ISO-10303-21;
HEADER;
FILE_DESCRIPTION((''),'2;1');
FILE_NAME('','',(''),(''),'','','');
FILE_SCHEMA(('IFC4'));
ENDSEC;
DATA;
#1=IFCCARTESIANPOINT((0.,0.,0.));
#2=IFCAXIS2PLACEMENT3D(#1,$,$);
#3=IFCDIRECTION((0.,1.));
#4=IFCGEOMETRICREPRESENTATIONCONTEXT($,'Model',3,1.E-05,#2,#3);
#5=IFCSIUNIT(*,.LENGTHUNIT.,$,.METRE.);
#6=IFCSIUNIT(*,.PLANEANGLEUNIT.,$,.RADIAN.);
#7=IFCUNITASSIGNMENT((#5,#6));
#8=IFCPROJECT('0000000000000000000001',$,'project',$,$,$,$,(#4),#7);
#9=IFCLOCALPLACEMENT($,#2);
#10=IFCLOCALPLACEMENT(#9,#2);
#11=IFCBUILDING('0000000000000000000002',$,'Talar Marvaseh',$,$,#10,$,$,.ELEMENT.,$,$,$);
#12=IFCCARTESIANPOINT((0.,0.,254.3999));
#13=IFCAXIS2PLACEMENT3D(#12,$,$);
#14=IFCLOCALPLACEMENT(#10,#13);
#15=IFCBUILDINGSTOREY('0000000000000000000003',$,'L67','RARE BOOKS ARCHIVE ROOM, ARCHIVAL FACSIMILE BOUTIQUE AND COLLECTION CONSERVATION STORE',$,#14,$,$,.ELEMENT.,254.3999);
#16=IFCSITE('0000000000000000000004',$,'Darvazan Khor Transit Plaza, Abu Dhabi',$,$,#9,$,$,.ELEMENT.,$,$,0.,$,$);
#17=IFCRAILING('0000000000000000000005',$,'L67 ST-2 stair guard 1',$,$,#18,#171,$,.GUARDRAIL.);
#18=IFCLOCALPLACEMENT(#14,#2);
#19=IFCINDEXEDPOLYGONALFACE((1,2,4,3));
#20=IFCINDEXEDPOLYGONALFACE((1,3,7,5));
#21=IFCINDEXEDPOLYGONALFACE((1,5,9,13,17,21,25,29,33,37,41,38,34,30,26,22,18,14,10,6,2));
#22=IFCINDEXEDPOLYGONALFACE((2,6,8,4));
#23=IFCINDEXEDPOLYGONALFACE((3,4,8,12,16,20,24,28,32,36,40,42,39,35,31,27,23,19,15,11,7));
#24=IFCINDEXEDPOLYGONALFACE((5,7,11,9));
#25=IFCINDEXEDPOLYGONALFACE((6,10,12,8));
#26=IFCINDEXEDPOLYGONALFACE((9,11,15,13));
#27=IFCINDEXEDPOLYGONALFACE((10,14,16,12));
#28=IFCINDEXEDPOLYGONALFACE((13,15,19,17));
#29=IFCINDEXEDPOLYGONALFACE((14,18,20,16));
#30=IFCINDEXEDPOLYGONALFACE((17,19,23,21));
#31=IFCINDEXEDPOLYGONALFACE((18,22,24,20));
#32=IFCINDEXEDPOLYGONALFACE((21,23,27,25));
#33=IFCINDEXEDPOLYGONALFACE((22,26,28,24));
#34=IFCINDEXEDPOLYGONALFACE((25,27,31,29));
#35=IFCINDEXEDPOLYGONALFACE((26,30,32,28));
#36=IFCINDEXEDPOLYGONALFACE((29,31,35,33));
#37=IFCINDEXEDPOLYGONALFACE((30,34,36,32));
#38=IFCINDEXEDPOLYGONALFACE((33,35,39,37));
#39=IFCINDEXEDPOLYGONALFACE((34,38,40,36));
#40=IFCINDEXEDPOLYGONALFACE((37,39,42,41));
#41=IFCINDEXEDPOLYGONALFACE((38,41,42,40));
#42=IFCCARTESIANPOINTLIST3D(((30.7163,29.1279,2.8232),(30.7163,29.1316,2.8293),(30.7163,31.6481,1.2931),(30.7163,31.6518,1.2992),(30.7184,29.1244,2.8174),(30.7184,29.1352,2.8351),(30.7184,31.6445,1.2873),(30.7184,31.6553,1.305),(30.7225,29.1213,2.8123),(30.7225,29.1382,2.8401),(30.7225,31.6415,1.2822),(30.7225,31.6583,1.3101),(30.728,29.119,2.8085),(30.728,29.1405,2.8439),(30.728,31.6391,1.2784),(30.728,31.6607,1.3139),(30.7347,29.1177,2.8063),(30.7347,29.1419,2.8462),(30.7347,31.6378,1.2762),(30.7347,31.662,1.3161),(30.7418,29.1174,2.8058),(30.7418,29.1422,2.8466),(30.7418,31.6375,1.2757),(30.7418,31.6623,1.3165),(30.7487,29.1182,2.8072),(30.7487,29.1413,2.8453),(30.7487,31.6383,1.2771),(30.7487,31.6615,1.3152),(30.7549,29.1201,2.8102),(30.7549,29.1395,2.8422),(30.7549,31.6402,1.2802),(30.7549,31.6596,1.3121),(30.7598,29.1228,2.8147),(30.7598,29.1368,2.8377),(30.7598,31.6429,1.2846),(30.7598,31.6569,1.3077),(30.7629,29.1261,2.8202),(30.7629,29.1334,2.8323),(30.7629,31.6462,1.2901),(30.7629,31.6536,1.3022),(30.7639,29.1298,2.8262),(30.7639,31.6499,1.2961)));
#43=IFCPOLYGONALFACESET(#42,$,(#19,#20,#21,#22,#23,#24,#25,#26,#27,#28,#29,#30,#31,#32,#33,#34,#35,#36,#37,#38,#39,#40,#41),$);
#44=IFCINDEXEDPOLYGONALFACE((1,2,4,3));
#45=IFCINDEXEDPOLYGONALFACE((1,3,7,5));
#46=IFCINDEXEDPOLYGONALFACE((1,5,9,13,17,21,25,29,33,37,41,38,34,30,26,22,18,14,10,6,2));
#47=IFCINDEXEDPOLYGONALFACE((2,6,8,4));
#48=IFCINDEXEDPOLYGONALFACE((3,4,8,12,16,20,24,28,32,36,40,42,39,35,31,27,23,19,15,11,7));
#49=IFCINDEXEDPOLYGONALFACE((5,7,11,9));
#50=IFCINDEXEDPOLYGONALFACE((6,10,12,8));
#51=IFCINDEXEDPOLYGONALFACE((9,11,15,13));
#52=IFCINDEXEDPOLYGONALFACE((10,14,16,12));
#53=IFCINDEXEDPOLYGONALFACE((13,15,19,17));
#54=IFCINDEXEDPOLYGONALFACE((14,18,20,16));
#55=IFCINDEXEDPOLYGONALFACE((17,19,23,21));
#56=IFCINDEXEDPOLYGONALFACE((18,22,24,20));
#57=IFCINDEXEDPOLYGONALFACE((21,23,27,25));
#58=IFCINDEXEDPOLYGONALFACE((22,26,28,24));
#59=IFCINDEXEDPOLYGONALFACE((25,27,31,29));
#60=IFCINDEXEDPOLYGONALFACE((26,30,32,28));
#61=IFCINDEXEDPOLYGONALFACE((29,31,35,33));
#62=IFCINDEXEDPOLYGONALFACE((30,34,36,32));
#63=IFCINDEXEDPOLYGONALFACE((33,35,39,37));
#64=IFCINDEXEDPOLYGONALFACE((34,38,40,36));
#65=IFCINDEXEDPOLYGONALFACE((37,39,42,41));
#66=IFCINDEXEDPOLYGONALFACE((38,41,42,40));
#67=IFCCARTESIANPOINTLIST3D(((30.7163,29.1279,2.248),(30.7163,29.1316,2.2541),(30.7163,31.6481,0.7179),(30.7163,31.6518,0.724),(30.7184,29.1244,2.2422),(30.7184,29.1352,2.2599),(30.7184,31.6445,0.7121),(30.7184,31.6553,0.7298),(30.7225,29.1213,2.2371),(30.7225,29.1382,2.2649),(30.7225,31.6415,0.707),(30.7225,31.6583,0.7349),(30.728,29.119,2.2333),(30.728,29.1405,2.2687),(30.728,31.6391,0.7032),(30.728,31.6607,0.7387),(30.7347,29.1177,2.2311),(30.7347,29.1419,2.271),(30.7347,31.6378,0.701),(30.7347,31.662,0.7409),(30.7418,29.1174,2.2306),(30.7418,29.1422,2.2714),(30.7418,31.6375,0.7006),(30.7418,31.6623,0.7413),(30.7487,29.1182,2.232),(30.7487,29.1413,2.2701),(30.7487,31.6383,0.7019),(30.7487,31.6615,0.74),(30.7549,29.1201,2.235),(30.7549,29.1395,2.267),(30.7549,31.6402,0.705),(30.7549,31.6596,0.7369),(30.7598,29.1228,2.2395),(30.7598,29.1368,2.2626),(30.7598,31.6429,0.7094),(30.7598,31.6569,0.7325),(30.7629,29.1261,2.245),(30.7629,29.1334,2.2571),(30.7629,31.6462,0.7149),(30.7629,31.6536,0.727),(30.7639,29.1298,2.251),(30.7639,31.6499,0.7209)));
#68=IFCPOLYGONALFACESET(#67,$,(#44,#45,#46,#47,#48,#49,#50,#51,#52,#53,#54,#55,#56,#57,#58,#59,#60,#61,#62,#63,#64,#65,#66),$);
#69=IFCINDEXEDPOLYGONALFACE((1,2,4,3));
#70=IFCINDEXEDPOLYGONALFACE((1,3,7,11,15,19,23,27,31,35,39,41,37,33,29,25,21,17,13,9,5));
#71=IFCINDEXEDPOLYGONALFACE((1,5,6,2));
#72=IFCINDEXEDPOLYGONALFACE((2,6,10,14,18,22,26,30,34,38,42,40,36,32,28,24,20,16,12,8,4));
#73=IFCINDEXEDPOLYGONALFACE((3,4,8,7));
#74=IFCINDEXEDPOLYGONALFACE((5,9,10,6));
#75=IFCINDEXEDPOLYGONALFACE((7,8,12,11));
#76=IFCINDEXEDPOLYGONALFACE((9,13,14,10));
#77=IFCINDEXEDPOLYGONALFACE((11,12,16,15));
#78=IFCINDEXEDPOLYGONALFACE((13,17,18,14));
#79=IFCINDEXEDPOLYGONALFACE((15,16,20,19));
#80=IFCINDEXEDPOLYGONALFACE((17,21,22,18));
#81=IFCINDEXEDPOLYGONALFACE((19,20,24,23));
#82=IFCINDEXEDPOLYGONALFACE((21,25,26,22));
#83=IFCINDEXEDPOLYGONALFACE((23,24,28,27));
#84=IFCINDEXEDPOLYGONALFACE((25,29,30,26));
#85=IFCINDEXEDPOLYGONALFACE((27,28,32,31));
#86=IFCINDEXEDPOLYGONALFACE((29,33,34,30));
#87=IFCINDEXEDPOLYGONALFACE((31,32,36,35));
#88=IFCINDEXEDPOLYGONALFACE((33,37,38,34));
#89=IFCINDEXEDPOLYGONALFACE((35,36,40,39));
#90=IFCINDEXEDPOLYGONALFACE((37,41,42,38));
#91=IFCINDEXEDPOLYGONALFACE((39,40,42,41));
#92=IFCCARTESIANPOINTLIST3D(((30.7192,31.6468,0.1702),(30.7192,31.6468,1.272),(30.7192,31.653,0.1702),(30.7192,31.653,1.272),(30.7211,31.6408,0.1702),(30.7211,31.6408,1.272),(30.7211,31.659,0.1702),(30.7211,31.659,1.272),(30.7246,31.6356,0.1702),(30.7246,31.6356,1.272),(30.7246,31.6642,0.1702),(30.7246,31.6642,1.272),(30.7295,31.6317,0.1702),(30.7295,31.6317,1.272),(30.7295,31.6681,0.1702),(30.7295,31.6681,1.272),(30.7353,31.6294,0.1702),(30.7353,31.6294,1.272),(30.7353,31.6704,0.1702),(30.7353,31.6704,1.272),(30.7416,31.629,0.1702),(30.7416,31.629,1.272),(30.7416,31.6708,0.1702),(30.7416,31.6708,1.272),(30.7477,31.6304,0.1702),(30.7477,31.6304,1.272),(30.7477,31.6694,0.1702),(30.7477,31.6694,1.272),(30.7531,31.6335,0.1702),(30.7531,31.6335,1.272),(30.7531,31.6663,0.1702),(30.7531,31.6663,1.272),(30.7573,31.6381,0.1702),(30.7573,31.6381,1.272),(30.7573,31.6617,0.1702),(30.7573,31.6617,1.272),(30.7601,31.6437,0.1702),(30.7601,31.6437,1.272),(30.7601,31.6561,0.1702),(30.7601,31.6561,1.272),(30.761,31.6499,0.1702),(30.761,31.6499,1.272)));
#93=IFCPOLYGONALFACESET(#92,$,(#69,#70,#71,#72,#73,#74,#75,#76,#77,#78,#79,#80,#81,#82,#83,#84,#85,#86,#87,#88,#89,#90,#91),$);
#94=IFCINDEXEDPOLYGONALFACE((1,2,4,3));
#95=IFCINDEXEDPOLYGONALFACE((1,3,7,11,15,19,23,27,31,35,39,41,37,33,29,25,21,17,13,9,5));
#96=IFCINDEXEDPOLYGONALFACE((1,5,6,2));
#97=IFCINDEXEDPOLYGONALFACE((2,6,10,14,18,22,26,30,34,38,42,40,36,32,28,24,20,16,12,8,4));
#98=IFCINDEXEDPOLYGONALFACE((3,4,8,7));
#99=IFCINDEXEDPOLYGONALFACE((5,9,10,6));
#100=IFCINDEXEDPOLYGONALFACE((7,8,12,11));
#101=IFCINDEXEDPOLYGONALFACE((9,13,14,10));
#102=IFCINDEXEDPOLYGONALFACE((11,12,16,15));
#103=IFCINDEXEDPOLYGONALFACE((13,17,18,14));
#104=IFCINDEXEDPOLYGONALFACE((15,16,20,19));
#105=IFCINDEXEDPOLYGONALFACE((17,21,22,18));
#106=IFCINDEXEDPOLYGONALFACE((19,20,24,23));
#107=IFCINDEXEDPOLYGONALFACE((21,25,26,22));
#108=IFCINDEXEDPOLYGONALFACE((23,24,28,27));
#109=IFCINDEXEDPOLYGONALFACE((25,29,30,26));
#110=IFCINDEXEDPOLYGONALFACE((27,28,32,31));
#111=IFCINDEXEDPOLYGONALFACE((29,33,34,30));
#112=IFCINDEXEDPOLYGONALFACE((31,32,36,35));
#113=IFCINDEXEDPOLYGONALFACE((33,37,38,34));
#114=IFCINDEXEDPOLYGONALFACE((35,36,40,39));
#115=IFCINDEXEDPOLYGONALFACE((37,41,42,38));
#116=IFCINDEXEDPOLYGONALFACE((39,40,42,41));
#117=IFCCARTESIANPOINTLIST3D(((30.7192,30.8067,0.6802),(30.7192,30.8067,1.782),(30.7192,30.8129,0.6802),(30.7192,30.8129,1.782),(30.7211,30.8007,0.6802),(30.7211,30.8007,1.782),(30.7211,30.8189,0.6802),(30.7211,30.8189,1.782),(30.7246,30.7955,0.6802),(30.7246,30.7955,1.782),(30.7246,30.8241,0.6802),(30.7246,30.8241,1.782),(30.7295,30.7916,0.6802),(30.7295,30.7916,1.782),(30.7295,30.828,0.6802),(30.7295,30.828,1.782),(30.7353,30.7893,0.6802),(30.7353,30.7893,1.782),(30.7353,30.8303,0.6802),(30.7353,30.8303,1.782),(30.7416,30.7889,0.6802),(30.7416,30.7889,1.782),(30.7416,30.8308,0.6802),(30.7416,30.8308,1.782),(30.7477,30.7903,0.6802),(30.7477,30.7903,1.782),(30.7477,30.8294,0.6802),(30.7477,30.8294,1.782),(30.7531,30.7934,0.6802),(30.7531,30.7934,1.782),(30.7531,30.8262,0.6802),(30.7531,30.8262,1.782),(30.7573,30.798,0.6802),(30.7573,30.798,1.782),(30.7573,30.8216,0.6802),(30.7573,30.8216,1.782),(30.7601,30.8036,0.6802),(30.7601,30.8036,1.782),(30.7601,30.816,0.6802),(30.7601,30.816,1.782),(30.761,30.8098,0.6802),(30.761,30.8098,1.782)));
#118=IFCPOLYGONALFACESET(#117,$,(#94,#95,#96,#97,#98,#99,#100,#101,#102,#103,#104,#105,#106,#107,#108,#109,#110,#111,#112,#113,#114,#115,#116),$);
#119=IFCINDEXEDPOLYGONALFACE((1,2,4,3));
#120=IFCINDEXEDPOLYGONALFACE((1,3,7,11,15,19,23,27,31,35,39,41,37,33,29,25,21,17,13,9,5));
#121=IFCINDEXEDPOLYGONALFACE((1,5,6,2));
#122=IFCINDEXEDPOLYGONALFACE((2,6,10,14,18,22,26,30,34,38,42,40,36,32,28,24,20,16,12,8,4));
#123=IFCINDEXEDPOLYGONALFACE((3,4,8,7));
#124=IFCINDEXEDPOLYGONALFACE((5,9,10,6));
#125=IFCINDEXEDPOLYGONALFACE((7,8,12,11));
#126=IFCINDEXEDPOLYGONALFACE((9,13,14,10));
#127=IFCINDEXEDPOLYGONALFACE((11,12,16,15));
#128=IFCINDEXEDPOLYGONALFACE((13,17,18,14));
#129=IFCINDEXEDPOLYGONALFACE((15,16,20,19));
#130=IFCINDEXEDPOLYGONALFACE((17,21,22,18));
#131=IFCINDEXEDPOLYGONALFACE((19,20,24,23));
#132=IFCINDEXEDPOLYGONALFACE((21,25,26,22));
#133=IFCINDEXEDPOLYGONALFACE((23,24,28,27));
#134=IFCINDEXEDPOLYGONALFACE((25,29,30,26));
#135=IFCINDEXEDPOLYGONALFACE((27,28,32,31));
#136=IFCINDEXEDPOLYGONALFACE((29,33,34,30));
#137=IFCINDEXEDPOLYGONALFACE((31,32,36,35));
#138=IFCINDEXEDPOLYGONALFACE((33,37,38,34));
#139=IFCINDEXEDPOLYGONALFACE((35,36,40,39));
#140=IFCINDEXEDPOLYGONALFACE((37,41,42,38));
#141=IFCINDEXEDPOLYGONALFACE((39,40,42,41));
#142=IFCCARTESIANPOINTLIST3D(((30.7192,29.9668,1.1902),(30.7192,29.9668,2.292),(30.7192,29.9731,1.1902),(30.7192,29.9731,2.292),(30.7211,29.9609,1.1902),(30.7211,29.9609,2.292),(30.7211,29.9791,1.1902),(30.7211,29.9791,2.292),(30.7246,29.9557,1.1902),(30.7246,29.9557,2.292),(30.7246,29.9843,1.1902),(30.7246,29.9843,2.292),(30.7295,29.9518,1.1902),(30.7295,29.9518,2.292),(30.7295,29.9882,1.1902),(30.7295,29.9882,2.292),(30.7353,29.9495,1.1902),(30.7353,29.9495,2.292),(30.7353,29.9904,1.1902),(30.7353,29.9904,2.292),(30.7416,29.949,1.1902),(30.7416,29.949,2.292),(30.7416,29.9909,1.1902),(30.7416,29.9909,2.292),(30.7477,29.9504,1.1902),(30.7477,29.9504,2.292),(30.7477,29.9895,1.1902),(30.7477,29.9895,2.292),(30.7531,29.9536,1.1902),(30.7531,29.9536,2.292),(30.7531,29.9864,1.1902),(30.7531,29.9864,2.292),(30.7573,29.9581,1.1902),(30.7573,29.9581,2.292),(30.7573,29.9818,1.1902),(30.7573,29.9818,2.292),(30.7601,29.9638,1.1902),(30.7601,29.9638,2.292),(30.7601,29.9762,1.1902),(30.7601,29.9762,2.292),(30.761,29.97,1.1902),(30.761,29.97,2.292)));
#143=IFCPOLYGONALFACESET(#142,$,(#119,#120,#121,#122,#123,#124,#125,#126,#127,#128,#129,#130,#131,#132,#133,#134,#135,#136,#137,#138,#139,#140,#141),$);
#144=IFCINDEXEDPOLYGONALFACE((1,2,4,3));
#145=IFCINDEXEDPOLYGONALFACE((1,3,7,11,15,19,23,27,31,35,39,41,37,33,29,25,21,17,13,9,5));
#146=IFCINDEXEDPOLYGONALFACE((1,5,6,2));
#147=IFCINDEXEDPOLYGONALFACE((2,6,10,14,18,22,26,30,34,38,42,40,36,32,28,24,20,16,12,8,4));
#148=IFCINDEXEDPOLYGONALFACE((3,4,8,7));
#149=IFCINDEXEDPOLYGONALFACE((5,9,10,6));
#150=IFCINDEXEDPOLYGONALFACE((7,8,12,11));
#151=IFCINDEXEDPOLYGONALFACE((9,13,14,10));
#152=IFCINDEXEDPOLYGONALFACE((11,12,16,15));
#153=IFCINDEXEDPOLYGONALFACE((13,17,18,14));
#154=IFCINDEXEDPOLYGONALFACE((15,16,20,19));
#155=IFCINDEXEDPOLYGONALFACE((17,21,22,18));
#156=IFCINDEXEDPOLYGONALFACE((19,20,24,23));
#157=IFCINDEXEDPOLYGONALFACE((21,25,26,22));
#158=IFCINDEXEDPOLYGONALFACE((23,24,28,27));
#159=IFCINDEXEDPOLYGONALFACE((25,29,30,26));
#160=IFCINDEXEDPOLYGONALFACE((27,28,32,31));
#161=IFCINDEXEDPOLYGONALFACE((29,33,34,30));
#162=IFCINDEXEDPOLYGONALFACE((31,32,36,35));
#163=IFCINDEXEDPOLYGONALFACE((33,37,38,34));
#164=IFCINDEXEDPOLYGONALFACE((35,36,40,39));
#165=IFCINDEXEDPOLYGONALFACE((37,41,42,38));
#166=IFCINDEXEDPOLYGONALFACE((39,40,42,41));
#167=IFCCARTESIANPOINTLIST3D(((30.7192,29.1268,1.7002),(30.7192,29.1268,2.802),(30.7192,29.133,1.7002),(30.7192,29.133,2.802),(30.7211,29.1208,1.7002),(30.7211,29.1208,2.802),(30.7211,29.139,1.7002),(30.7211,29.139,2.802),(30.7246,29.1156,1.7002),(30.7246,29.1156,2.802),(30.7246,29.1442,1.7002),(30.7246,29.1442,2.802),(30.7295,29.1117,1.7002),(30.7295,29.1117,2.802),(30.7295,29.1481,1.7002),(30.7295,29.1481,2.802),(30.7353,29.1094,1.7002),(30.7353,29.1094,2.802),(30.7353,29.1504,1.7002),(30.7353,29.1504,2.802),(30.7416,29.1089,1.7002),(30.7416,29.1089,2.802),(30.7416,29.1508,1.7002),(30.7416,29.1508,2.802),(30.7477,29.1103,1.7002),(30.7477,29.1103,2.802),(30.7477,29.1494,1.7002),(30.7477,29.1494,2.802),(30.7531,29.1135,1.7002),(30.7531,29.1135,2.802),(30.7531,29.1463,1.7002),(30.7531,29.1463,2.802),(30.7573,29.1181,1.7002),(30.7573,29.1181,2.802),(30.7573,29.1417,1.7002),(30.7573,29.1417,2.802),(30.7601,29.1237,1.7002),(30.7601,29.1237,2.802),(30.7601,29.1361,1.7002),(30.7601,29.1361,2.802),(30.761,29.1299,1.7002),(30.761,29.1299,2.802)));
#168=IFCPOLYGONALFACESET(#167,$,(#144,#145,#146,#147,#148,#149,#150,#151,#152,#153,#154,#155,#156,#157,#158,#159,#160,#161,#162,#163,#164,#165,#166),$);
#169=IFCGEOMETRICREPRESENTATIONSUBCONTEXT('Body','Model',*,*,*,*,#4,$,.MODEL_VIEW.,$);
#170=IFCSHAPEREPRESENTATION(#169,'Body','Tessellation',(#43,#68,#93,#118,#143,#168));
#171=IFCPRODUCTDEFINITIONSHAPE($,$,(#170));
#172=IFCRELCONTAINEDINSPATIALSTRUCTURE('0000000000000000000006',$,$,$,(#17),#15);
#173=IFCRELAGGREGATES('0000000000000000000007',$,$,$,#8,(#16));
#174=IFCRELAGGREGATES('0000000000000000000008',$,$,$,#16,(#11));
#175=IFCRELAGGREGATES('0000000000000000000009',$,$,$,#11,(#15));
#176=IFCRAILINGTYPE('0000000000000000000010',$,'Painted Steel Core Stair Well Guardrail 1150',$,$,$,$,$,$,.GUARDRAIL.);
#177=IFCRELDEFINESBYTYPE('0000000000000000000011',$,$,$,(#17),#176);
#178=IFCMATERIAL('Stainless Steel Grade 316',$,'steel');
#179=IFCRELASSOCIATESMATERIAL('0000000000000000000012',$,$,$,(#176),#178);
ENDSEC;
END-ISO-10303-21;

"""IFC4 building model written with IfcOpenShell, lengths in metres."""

from ifc_helpers import new_model, si_unit, direction, frame, origin, origin_2d, place, context, subcontext, project, spatial, circle, extrude, material, type_object, element, save


model = new_model("IFC4")

# Units and contexts
model_context = context("Model", 3, precision=1e-05, world=origin(), true_north=direction((0.0, 1.0)))
body_context = subcontext(model_context, "Body", "Model", "MODEL_VIEW")
ifc_project = project(units=[si_unit("LENGTHUNIT", "METRE"), si_unit("PLANEANGLEUNIT", "RADIAN")], contexts=[model_context])

# Site, building, storey
site_placement = place(None, origin())
site = spatial("IfcSite", under=ifc_project, at=site_placement, Name="Darvazan Khor Transit Plaza, Abu Dhabi", CompositionType="ELEMENT", RefElevation=0.0)
building_placement = place(site_placement, origin())
building = spatial("IfcBuilding", under=site, at=building_placement, Name="Talar Marvaseh", CompositionType="ELEMENT")
storey_placement = place(building_placement, frame((0.0, 0.0, 254.3999)))
storey = spatial("IfcBuildingStorey", under=building, at=storey_placement, Name="L67", Description="RARE BOOKS ARCHIVE ROOM, ARCHIVAL FACSIMILE BOUTIQUE AND COLLECTION CONSERVATION STORE", CompositionType="ELEMENT", Elevation=254.3999)

# Shared definitions
ifc_material_1 = material(Name="Stainless Steel Grade 316", Category="steel")

# Railing
railing_type_1 = type_object("IfcRailingType", Name="Painted Steel Core Stair Well Guardrail 1150", PredefinedType="GUARDRAIL", material=ifc_material_1)
railing_1_placement = place(storey_placement, frame((30.74, 31.6499, 0.1702)))
element("IfcRailing", 1, at=railing_1_placement, inside=storey, type_object=railing_type_1, Name="L67 ST-2 stair guard 1", PredefinedType="GUARDRAIL", context=body_context, shape_type="SweptSolid", body=[
    extrude(circle(Radius=0.0239, at=origin_2d()), frame((0.0, 0.0, 1.126), z_axis=(0.0, -0.854785, 0.518982), x_axis=(1.0, 0.0, 0.0)), (0.0, 0.0, 1.0), 2.9482),
    extrude(circle(Radius=0.0239, at=origin_2d()), frame((0.0, 0.0, 0.5508), z_axis=(0.0, -0.854785, 0.518982), x_axis=(1.0, 0.0, 0.0)), (0.0, 0.0, 1.0), 2.9482),
    extrude(circle(Radius=0.021, at=origin_2d()), origin(), (0.0, 0.0, 1.0), 1.1018),
    extrude(circle(Radius=0.021, at=origin_2d()), frame((0.0, -0.8401, 0.51)), (0.0, 0.0, 1.0), 1.1018),
    extrude(circle(Radius=0.021, at=origin_2d()), frame((0.0, -1.6799, 1.02)), (0.0, 0.0, 1.0), 1.1018),
    extrude(circle(Radius=0.021, at=origin_2d()), frame((0.0, -2.52, 1.53)), (0.0, 0.0, 1.0), 1.1018),
])

save(model, "model.ifc")
